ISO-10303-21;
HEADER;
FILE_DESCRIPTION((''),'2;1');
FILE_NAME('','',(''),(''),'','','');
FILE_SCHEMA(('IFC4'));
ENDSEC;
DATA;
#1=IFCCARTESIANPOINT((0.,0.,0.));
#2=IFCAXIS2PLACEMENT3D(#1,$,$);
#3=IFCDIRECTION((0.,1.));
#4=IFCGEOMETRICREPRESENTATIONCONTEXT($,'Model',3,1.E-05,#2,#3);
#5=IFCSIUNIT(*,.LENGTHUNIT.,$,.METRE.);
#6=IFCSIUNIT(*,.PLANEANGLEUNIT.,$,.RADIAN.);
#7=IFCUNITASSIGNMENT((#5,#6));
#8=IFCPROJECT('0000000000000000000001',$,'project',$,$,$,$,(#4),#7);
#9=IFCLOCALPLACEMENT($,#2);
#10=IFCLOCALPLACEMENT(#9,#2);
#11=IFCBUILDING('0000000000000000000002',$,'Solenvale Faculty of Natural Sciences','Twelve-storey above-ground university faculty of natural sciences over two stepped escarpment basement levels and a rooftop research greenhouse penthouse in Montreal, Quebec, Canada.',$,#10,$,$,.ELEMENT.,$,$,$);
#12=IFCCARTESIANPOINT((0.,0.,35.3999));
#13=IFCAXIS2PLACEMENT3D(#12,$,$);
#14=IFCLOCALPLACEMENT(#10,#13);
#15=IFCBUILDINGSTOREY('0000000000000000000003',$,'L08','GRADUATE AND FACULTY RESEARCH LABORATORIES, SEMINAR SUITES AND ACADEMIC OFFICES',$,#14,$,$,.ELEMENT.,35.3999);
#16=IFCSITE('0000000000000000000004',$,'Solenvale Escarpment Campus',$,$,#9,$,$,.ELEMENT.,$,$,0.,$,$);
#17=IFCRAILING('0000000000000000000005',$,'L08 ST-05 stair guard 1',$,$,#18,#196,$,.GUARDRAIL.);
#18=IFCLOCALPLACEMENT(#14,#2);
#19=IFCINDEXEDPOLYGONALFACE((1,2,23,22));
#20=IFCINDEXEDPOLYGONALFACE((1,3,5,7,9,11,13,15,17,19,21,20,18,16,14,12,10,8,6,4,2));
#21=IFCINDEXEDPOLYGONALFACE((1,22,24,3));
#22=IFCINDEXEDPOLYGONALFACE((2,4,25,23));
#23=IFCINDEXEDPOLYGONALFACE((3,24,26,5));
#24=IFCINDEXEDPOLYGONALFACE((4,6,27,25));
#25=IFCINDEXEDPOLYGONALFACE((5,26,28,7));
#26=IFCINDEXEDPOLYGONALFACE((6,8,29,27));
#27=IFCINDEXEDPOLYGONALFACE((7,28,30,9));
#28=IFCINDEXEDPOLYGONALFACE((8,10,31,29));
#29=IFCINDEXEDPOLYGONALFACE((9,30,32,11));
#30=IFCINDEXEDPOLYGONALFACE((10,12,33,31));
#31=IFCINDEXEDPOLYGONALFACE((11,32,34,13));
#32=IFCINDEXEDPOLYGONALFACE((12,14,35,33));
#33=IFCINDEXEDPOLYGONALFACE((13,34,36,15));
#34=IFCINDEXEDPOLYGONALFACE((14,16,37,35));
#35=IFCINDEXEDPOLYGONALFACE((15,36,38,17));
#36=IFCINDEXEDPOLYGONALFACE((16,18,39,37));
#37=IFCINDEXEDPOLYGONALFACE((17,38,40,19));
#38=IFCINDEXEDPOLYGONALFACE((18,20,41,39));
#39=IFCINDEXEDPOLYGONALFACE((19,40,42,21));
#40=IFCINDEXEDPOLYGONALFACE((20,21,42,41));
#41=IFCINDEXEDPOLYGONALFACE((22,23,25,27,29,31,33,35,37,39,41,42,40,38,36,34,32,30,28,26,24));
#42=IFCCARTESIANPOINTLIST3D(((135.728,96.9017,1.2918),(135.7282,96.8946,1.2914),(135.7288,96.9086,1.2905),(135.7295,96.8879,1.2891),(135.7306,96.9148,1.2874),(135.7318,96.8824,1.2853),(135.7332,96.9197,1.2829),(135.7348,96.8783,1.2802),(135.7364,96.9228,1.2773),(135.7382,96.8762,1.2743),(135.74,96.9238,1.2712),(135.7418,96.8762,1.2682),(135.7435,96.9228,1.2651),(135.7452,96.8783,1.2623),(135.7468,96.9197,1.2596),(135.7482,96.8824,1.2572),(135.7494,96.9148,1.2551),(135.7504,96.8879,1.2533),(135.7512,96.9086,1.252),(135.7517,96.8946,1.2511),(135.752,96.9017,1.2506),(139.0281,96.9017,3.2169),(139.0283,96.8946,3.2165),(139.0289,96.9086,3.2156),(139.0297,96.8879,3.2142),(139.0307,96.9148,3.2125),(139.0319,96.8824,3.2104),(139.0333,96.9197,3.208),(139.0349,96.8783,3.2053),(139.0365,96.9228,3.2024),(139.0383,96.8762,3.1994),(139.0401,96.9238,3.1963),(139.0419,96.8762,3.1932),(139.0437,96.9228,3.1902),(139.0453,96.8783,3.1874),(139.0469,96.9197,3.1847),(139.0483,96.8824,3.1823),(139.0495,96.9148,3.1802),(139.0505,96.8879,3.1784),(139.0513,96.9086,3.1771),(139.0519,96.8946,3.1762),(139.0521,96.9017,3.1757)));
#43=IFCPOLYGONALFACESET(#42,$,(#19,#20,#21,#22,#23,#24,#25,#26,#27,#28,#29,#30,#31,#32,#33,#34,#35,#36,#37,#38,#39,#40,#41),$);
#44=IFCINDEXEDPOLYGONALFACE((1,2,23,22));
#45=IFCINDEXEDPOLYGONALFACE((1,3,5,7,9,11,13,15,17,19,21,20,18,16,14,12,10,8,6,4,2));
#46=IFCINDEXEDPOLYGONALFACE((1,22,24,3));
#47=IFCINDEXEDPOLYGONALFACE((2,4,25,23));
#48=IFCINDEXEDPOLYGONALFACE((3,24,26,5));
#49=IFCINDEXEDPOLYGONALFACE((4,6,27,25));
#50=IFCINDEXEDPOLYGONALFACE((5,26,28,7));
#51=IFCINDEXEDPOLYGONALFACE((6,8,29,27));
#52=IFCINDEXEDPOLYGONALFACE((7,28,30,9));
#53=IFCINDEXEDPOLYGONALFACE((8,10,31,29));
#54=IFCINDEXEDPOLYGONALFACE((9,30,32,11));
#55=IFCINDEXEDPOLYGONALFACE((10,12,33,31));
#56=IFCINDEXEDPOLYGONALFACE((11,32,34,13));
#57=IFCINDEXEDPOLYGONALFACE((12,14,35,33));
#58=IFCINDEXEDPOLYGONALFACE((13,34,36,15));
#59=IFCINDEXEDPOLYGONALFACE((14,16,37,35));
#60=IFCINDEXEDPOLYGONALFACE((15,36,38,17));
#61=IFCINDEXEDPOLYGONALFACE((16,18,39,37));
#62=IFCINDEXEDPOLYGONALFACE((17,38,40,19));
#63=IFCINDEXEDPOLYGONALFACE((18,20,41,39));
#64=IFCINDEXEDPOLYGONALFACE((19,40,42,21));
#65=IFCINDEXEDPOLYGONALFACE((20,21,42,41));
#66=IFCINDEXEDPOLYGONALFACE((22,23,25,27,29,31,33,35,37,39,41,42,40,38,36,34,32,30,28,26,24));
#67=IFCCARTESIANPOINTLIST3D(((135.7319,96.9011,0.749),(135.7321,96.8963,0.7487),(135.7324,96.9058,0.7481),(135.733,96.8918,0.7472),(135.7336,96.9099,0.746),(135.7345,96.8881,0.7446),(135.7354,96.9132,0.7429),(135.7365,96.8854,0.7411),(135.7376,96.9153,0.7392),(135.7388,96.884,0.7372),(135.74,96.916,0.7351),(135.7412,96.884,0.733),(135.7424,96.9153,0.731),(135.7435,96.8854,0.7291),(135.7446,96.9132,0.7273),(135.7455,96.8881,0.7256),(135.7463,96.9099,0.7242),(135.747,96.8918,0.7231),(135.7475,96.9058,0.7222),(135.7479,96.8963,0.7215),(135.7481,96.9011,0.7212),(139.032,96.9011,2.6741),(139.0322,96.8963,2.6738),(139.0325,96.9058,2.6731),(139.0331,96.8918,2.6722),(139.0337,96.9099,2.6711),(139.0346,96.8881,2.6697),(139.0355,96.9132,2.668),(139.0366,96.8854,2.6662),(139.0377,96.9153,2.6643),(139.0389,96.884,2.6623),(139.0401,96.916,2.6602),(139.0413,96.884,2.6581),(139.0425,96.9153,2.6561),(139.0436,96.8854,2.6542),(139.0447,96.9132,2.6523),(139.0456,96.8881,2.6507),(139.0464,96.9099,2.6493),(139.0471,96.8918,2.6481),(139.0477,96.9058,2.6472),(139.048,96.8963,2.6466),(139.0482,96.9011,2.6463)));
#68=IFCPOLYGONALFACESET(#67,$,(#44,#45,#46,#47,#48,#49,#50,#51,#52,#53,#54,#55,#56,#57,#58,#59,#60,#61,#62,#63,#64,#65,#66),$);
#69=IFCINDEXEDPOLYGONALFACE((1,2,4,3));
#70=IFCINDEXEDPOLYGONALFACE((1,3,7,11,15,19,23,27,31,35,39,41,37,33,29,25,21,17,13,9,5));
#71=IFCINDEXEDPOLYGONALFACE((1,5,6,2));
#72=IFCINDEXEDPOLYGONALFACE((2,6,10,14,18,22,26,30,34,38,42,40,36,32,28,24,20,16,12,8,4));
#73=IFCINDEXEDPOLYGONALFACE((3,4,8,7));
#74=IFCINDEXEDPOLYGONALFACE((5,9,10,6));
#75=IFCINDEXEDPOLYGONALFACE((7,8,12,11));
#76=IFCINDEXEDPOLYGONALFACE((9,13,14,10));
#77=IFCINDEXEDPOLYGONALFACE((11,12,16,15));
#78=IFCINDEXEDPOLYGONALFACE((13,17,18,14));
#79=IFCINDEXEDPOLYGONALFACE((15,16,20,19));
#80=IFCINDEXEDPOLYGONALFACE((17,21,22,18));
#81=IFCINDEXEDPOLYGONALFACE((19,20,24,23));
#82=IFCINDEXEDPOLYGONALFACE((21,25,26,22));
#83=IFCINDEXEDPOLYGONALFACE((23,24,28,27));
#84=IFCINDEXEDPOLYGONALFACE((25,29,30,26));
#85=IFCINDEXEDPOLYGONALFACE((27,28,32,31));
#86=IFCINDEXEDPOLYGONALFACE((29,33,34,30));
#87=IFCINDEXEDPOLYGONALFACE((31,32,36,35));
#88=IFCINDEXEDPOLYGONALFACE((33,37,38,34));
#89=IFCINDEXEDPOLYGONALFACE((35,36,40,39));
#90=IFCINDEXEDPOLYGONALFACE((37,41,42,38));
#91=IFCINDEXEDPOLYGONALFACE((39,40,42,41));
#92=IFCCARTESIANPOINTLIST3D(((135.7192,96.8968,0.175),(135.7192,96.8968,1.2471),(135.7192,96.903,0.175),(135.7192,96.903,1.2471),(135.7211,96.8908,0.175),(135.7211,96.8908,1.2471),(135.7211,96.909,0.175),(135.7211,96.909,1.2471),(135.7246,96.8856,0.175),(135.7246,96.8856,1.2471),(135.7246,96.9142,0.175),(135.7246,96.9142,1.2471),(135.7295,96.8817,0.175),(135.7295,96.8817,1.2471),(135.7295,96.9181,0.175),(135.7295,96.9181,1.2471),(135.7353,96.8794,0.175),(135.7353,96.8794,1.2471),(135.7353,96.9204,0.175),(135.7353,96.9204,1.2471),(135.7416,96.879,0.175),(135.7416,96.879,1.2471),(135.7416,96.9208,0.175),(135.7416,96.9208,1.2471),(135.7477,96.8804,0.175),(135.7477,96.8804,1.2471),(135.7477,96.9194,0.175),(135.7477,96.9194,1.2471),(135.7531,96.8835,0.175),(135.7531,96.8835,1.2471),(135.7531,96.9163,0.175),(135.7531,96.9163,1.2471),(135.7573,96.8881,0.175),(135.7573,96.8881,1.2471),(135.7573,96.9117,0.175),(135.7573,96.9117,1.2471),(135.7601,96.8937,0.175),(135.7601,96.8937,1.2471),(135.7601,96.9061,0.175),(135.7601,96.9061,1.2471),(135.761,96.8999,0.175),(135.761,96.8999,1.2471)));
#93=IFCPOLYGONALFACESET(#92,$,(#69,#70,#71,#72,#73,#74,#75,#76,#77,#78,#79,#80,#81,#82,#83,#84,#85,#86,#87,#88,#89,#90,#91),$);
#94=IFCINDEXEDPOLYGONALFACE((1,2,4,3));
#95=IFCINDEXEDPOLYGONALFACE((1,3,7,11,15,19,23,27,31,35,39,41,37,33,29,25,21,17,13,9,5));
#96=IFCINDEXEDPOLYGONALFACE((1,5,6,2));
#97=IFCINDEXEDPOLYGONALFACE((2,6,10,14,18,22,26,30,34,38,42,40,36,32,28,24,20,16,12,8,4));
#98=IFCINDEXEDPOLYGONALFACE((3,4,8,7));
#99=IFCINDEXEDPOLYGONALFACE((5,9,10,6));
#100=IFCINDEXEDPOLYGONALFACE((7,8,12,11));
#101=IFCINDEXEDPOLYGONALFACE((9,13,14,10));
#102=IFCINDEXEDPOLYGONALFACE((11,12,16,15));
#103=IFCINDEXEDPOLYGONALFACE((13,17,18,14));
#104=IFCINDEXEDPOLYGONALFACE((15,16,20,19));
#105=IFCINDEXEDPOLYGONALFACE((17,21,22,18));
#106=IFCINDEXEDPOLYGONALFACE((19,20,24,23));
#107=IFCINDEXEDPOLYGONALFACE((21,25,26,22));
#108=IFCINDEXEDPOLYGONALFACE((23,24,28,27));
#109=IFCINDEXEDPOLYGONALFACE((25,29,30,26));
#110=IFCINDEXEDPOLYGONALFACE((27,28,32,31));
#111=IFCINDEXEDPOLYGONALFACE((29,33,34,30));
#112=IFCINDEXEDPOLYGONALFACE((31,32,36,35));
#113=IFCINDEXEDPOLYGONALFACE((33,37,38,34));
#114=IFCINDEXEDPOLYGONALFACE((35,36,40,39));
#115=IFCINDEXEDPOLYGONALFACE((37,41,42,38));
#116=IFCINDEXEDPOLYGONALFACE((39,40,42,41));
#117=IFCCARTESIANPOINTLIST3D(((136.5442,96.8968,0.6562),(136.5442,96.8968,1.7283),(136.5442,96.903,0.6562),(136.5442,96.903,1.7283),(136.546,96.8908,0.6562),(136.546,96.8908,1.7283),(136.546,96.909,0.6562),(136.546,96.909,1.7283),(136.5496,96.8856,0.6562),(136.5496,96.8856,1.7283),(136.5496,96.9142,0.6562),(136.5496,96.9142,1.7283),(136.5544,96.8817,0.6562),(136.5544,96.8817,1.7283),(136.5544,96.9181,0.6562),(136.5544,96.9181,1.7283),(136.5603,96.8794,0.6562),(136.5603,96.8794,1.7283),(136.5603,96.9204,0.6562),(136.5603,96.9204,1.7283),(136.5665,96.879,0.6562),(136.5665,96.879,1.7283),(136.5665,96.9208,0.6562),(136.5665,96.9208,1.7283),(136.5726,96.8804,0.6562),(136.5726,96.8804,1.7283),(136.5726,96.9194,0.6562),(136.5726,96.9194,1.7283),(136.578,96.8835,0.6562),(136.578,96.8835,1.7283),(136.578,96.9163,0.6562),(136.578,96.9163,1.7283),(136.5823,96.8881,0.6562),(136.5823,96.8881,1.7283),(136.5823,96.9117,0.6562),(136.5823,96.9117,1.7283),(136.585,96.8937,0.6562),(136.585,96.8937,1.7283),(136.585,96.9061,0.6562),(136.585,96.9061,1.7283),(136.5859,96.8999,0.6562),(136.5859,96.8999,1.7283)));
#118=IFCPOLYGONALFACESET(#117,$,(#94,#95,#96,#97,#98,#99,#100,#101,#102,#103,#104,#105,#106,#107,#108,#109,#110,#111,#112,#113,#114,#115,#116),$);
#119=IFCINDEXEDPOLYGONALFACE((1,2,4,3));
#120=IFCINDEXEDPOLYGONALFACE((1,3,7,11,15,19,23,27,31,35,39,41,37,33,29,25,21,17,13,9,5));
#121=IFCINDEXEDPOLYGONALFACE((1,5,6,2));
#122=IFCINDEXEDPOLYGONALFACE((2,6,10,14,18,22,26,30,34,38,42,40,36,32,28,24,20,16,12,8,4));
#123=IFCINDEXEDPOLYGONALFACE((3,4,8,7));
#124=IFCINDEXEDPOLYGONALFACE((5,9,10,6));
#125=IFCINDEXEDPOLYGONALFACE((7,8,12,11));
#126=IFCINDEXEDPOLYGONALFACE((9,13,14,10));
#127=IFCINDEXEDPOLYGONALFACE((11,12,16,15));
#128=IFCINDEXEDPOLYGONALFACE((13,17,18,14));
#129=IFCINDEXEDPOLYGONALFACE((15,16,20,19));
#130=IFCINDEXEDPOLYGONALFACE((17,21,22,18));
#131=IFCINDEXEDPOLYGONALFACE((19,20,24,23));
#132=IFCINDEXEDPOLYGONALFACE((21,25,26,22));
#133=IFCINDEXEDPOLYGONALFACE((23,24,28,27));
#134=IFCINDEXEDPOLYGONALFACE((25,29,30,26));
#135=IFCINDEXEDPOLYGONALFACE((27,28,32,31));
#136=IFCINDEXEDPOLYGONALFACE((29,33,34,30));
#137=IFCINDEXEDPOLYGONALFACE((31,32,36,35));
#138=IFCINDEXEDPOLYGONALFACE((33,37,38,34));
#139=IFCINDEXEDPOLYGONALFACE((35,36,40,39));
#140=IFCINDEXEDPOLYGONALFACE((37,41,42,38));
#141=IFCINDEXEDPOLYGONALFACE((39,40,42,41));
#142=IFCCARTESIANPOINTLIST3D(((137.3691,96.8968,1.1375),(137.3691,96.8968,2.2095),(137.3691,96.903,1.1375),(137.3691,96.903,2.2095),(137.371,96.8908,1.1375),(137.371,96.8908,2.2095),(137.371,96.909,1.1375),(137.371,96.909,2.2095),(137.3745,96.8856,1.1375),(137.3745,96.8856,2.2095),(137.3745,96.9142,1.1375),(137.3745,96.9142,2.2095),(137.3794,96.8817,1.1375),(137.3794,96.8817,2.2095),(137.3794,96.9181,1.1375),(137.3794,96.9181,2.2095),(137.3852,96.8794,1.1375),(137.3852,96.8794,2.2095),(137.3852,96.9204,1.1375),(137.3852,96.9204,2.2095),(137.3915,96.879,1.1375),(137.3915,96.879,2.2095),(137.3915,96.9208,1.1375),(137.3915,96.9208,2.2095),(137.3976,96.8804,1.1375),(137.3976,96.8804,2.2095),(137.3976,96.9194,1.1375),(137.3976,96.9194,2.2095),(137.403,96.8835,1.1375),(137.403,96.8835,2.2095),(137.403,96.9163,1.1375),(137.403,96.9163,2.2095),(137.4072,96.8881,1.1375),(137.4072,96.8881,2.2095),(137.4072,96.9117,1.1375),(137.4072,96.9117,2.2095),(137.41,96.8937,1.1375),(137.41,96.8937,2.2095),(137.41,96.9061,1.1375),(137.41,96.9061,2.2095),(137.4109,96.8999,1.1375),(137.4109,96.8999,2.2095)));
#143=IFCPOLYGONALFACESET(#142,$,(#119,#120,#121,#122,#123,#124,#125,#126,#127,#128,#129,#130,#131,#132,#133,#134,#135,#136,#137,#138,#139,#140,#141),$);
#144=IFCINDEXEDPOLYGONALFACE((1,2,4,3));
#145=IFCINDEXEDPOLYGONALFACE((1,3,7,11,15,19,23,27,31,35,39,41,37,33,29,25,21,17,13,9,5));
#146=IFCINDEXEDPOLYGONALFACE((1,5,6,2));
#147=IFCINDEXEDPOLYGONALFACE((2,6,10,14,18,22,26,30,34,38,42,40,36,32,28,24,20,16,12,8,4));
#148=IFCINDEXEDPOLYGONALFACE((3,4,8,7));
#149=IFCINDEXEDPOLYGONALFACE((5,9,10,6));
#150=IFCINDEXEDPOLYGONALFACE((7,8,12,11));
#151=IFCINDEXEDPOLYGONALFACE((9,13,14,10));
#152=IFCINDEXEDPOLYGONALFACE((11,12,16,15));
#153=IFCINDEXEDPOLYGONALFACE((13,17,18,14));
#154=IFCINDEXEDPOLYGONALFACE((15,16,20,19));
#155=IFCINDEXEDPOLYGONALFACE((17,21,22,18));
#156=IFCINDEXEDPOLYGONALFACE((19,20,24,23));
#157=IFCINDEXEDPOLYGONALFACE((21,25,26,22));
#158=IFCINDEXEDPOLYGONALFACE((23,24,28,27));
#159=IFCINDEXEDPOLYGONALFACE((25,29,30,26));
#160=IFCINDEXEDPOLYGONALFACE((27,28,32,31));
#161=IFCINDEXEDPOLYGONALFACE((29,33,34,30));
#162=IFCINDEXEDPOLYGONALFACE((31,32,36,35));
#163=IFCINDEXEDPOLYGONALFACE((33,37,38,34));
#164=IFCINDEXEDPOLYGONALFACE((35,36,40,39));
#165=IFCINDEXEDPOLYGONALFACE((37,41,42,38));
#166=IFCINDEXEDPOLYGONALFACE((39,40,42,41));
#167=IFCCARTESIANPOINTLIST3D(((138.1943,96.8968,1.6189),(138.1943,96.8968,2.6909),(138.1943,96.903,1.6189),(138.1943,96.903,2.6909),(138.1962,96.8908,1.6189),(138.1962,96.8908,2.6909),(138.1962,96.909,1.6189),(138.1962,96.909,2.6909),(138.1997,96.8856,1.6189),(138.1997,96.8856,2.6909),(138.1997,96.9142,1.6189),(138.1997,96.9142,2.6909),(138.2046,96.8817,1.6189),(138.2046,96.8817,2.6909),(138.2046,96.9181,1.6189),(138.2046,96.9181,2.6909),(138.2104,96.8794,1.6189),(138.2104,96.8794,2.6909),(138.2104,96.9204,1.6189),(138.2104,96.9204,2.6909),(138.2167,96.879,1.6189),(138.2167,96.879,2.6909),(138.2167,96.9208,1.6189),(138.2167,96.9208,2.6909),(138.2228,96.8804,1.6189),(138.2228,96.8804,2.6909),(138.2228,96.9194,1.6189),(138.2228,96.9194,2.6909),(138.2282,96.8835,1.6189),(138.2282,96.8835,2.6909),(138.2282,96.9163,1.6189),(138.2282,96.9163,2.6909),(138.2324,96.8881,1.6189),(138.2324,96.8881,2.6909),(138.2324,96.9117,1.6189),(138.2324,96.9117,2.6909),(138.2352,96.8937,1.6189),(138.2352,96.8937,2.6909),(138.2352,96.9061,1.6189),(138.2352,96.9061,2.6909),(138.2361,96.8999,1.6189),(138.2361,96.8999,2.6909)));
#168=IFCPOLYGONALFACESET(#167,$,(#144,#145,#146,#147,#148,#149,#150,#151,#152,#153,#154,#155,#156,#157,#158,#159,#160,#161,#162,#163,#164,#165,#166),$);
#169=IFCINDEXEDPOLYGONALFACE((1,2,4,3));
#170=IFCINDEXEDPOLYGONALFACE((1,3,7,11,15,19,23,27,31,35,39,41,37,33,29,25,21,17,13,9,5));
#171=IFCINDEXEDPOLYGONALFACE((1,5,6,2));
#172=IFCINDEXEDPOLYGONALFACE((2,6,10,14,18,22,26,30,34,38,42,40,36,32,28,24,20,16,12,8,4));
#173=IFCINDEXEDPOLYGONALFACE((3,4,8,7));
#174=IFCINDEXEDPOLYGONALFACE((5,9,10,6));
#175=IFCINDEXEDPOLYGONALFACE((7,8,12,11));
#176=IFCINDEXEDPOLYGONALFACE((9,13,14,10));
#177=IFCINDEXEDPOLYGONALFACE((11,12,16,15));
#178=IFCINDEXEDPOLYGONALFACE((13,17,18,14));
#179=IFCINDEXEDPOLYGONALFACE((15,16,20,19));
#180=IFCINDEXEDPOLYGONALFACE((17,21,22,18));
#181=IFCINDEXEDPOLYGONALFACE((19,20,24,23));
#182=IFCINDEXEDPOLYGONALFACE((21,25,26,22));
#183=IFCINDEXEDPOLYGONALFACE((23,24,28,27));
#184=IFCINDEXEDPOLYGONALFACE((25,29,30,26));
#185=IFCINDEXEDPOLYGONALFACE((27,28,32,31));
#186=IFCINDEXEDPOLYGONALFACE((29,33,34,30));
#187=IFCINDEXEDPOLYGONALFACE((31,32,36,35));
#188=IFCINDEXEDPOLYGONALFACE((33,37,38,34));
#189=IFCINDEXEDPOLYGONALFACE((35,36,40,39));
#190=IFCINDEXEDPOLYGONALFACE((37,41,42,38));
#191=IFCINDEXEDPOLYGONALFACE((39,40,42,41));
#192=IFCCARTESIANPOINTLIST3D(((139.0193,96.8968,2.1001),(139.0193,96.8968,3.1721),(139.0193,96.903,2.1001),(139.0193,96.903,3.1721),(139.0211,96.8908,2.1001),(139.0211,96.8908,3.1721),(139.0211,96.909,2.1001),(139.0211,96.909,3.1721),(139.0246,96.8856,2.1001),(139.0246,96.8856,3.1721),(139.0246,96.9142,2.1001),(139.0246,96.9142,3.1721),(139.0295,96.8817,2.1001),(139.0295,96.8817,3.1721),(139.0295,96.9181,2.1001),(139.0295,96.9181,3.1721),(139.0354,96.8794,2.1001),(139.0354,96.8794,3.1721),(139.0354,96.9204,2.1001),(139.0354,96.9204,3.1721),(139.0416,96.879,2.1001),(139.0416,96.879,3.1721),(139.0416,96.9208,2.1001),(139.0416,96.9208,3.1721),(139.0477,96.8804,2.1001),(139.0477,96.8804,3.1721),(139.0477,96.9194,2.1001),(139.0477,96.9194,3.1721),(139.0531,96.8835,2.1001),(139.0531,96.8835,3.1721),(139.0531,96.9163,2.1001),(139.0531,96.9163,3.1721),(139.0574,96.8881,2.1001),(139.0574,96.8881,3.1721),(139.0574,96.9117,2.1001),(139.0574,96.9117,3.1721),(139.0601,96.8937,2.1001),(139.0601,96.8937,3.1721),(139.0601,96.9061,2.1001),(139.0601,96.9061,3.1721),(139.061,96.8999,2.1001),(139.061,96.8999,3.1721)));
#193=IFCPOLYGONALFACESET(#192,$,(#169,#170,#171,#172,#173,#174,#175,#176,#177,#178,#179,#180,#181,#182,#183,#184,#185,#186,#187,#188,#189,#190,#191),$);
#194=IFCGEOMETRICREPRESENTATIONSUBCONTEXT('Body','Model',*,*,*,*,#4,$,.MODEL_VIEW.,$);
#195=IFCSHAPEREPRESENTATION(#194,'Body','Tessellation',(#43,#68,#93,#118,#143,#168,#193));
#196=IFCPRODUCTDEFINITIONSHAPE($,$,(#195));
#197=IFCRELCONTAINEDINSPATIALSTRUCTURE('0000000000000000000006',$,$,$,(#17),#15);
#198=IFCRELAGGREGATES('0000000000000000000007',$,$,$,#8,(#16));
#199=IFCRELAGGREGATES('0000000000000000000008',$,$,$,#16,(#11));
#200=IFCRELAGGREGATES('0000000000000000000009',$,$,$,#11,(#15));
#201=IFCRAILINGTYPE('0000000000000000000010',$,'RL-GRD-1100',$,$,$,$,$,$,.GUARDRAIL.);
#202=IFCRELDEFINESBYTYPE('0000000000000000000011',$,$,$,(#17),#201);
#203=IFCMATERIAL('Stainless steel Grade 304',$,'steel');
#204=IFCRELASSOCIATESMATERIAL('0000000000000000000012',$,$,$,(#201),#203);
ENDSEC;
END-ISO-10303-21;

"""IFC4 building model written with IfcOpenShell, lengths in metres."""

from ifc_helpers import new_model, si_unit, direction, frame, origin, origin_2d, place, context, subcontext, project, spatial, circle, extrude, material, type_object, element, save


model = new_model("IFC4")

# Units and contexts
model_context = context("Model", 3, precision=1e-05, world=origin(), true_north=direction((0.0, 1.0)))
body_context = subcontext(model_context, "Body", "Model", "MODEL_VIEW")
ifc_project = project(units=[si_unit("LENGTHUNIT", "METRE"), si_unit("PLANEANGLEUNIT", "RADIAN")], contexts=[model_context])

# Site, building, storey
site_placement = place(None, origin())
site = spatial("IfcSite", under=ifc_project, at=site_placement, Name="Solenvale Escarpment Campus", CompositionType="ELEMENT", RefElevation=0.0)
building_placement = place(site_placement, origin())
building = spatial("IfcBuilding", under=site, at=building_placement, Name="Solenvale Faculty of Natural Sciences", Description="Twelve-storey above-ground university faculty of natural sciences over two stepped escarpment basement levels and a rooftop research greenhouse penthouse in Montreal, Quebec, Canada.", CompositionType="ELEMENT")
storey_placement = place(building_placement, frame((0.0, 0.0, 35.3999)))
storey = spatial("IfcBuildingStorey", under=building, at=storey_placement, Name="L08", Description="GRADUATE AND FACULTY RESEARCH LABORATORIES, SEMINAR SUITES AND ACADEMIC OFFICES", CompositionType="ELEMENT", Elevation=35.3999)

# Railing
ifc_material_1 = material(Name="Stainless steel Grade 304", Category="steel")
railing_type_1 = type_object("IfcRailingType", Name="RL-GRD-1100", PredefinedType="GUARDRAIL", material=ifc_material_1)
railing_1_placement = place(storey_placement, frame((135.74, 96.8999, 0.175)))
element("IfcRailing", 1, at=railing_1_placement, inside=storey, type_object=railing_type_1, Name="L08 ST-05 stair guard 1", PredefinedType="GUARDRAIL", context=body_context, shape_type="SweptSolid", body=[
    extrude(circle(Radius=0.0239, at=origin_2d()), frame((0.0, 0.0, 1.0962), z_axis=(0.863777, 0.0, 0.503875), x_axis=(0.0, 1.0, 0.0)), (0.0, 0.0, 1.0), 3.8206),
    extrude(circle(Radius=0.0161, at=origin_2d()), frame((0.0, 0.0, 0.5601), z_axis=(0.863777, 0.0, 0.503875), x_axis=(0.0, 1.0, 0.0)), (0.0, 0.0, 1.0), 3.8206),
    extrude(circle(Radius=0.021, at=origin_2d()), origin(), (0.0, 0.0, 1.0), 1.072),
    extrude(circle(Radius=0.021, at=origin_2d()), frame((0.825, 0.0, 0.4812)), (0.0, 0.0, 1.0), 1.072),
    extrude(circle(Radius=0.021, at=origin_2d()), frame((1.6499, 0.0, 0.9624)), (0.0, 0.0, 1.0), 1.072),
    extrude(circle(Radius=0.021, at=origin_2d()), frame((2.4751, 0.0, 1.4438)), (0.0, 0.0, 1.0), 1.072),
    extrude(circle(Radius=0.021, at=origin_2d()), frame((3.3, 0.0, 1.925)), (0.0, 0.0, 1.0), 1.072),
])

save(model, "model.ifc")
